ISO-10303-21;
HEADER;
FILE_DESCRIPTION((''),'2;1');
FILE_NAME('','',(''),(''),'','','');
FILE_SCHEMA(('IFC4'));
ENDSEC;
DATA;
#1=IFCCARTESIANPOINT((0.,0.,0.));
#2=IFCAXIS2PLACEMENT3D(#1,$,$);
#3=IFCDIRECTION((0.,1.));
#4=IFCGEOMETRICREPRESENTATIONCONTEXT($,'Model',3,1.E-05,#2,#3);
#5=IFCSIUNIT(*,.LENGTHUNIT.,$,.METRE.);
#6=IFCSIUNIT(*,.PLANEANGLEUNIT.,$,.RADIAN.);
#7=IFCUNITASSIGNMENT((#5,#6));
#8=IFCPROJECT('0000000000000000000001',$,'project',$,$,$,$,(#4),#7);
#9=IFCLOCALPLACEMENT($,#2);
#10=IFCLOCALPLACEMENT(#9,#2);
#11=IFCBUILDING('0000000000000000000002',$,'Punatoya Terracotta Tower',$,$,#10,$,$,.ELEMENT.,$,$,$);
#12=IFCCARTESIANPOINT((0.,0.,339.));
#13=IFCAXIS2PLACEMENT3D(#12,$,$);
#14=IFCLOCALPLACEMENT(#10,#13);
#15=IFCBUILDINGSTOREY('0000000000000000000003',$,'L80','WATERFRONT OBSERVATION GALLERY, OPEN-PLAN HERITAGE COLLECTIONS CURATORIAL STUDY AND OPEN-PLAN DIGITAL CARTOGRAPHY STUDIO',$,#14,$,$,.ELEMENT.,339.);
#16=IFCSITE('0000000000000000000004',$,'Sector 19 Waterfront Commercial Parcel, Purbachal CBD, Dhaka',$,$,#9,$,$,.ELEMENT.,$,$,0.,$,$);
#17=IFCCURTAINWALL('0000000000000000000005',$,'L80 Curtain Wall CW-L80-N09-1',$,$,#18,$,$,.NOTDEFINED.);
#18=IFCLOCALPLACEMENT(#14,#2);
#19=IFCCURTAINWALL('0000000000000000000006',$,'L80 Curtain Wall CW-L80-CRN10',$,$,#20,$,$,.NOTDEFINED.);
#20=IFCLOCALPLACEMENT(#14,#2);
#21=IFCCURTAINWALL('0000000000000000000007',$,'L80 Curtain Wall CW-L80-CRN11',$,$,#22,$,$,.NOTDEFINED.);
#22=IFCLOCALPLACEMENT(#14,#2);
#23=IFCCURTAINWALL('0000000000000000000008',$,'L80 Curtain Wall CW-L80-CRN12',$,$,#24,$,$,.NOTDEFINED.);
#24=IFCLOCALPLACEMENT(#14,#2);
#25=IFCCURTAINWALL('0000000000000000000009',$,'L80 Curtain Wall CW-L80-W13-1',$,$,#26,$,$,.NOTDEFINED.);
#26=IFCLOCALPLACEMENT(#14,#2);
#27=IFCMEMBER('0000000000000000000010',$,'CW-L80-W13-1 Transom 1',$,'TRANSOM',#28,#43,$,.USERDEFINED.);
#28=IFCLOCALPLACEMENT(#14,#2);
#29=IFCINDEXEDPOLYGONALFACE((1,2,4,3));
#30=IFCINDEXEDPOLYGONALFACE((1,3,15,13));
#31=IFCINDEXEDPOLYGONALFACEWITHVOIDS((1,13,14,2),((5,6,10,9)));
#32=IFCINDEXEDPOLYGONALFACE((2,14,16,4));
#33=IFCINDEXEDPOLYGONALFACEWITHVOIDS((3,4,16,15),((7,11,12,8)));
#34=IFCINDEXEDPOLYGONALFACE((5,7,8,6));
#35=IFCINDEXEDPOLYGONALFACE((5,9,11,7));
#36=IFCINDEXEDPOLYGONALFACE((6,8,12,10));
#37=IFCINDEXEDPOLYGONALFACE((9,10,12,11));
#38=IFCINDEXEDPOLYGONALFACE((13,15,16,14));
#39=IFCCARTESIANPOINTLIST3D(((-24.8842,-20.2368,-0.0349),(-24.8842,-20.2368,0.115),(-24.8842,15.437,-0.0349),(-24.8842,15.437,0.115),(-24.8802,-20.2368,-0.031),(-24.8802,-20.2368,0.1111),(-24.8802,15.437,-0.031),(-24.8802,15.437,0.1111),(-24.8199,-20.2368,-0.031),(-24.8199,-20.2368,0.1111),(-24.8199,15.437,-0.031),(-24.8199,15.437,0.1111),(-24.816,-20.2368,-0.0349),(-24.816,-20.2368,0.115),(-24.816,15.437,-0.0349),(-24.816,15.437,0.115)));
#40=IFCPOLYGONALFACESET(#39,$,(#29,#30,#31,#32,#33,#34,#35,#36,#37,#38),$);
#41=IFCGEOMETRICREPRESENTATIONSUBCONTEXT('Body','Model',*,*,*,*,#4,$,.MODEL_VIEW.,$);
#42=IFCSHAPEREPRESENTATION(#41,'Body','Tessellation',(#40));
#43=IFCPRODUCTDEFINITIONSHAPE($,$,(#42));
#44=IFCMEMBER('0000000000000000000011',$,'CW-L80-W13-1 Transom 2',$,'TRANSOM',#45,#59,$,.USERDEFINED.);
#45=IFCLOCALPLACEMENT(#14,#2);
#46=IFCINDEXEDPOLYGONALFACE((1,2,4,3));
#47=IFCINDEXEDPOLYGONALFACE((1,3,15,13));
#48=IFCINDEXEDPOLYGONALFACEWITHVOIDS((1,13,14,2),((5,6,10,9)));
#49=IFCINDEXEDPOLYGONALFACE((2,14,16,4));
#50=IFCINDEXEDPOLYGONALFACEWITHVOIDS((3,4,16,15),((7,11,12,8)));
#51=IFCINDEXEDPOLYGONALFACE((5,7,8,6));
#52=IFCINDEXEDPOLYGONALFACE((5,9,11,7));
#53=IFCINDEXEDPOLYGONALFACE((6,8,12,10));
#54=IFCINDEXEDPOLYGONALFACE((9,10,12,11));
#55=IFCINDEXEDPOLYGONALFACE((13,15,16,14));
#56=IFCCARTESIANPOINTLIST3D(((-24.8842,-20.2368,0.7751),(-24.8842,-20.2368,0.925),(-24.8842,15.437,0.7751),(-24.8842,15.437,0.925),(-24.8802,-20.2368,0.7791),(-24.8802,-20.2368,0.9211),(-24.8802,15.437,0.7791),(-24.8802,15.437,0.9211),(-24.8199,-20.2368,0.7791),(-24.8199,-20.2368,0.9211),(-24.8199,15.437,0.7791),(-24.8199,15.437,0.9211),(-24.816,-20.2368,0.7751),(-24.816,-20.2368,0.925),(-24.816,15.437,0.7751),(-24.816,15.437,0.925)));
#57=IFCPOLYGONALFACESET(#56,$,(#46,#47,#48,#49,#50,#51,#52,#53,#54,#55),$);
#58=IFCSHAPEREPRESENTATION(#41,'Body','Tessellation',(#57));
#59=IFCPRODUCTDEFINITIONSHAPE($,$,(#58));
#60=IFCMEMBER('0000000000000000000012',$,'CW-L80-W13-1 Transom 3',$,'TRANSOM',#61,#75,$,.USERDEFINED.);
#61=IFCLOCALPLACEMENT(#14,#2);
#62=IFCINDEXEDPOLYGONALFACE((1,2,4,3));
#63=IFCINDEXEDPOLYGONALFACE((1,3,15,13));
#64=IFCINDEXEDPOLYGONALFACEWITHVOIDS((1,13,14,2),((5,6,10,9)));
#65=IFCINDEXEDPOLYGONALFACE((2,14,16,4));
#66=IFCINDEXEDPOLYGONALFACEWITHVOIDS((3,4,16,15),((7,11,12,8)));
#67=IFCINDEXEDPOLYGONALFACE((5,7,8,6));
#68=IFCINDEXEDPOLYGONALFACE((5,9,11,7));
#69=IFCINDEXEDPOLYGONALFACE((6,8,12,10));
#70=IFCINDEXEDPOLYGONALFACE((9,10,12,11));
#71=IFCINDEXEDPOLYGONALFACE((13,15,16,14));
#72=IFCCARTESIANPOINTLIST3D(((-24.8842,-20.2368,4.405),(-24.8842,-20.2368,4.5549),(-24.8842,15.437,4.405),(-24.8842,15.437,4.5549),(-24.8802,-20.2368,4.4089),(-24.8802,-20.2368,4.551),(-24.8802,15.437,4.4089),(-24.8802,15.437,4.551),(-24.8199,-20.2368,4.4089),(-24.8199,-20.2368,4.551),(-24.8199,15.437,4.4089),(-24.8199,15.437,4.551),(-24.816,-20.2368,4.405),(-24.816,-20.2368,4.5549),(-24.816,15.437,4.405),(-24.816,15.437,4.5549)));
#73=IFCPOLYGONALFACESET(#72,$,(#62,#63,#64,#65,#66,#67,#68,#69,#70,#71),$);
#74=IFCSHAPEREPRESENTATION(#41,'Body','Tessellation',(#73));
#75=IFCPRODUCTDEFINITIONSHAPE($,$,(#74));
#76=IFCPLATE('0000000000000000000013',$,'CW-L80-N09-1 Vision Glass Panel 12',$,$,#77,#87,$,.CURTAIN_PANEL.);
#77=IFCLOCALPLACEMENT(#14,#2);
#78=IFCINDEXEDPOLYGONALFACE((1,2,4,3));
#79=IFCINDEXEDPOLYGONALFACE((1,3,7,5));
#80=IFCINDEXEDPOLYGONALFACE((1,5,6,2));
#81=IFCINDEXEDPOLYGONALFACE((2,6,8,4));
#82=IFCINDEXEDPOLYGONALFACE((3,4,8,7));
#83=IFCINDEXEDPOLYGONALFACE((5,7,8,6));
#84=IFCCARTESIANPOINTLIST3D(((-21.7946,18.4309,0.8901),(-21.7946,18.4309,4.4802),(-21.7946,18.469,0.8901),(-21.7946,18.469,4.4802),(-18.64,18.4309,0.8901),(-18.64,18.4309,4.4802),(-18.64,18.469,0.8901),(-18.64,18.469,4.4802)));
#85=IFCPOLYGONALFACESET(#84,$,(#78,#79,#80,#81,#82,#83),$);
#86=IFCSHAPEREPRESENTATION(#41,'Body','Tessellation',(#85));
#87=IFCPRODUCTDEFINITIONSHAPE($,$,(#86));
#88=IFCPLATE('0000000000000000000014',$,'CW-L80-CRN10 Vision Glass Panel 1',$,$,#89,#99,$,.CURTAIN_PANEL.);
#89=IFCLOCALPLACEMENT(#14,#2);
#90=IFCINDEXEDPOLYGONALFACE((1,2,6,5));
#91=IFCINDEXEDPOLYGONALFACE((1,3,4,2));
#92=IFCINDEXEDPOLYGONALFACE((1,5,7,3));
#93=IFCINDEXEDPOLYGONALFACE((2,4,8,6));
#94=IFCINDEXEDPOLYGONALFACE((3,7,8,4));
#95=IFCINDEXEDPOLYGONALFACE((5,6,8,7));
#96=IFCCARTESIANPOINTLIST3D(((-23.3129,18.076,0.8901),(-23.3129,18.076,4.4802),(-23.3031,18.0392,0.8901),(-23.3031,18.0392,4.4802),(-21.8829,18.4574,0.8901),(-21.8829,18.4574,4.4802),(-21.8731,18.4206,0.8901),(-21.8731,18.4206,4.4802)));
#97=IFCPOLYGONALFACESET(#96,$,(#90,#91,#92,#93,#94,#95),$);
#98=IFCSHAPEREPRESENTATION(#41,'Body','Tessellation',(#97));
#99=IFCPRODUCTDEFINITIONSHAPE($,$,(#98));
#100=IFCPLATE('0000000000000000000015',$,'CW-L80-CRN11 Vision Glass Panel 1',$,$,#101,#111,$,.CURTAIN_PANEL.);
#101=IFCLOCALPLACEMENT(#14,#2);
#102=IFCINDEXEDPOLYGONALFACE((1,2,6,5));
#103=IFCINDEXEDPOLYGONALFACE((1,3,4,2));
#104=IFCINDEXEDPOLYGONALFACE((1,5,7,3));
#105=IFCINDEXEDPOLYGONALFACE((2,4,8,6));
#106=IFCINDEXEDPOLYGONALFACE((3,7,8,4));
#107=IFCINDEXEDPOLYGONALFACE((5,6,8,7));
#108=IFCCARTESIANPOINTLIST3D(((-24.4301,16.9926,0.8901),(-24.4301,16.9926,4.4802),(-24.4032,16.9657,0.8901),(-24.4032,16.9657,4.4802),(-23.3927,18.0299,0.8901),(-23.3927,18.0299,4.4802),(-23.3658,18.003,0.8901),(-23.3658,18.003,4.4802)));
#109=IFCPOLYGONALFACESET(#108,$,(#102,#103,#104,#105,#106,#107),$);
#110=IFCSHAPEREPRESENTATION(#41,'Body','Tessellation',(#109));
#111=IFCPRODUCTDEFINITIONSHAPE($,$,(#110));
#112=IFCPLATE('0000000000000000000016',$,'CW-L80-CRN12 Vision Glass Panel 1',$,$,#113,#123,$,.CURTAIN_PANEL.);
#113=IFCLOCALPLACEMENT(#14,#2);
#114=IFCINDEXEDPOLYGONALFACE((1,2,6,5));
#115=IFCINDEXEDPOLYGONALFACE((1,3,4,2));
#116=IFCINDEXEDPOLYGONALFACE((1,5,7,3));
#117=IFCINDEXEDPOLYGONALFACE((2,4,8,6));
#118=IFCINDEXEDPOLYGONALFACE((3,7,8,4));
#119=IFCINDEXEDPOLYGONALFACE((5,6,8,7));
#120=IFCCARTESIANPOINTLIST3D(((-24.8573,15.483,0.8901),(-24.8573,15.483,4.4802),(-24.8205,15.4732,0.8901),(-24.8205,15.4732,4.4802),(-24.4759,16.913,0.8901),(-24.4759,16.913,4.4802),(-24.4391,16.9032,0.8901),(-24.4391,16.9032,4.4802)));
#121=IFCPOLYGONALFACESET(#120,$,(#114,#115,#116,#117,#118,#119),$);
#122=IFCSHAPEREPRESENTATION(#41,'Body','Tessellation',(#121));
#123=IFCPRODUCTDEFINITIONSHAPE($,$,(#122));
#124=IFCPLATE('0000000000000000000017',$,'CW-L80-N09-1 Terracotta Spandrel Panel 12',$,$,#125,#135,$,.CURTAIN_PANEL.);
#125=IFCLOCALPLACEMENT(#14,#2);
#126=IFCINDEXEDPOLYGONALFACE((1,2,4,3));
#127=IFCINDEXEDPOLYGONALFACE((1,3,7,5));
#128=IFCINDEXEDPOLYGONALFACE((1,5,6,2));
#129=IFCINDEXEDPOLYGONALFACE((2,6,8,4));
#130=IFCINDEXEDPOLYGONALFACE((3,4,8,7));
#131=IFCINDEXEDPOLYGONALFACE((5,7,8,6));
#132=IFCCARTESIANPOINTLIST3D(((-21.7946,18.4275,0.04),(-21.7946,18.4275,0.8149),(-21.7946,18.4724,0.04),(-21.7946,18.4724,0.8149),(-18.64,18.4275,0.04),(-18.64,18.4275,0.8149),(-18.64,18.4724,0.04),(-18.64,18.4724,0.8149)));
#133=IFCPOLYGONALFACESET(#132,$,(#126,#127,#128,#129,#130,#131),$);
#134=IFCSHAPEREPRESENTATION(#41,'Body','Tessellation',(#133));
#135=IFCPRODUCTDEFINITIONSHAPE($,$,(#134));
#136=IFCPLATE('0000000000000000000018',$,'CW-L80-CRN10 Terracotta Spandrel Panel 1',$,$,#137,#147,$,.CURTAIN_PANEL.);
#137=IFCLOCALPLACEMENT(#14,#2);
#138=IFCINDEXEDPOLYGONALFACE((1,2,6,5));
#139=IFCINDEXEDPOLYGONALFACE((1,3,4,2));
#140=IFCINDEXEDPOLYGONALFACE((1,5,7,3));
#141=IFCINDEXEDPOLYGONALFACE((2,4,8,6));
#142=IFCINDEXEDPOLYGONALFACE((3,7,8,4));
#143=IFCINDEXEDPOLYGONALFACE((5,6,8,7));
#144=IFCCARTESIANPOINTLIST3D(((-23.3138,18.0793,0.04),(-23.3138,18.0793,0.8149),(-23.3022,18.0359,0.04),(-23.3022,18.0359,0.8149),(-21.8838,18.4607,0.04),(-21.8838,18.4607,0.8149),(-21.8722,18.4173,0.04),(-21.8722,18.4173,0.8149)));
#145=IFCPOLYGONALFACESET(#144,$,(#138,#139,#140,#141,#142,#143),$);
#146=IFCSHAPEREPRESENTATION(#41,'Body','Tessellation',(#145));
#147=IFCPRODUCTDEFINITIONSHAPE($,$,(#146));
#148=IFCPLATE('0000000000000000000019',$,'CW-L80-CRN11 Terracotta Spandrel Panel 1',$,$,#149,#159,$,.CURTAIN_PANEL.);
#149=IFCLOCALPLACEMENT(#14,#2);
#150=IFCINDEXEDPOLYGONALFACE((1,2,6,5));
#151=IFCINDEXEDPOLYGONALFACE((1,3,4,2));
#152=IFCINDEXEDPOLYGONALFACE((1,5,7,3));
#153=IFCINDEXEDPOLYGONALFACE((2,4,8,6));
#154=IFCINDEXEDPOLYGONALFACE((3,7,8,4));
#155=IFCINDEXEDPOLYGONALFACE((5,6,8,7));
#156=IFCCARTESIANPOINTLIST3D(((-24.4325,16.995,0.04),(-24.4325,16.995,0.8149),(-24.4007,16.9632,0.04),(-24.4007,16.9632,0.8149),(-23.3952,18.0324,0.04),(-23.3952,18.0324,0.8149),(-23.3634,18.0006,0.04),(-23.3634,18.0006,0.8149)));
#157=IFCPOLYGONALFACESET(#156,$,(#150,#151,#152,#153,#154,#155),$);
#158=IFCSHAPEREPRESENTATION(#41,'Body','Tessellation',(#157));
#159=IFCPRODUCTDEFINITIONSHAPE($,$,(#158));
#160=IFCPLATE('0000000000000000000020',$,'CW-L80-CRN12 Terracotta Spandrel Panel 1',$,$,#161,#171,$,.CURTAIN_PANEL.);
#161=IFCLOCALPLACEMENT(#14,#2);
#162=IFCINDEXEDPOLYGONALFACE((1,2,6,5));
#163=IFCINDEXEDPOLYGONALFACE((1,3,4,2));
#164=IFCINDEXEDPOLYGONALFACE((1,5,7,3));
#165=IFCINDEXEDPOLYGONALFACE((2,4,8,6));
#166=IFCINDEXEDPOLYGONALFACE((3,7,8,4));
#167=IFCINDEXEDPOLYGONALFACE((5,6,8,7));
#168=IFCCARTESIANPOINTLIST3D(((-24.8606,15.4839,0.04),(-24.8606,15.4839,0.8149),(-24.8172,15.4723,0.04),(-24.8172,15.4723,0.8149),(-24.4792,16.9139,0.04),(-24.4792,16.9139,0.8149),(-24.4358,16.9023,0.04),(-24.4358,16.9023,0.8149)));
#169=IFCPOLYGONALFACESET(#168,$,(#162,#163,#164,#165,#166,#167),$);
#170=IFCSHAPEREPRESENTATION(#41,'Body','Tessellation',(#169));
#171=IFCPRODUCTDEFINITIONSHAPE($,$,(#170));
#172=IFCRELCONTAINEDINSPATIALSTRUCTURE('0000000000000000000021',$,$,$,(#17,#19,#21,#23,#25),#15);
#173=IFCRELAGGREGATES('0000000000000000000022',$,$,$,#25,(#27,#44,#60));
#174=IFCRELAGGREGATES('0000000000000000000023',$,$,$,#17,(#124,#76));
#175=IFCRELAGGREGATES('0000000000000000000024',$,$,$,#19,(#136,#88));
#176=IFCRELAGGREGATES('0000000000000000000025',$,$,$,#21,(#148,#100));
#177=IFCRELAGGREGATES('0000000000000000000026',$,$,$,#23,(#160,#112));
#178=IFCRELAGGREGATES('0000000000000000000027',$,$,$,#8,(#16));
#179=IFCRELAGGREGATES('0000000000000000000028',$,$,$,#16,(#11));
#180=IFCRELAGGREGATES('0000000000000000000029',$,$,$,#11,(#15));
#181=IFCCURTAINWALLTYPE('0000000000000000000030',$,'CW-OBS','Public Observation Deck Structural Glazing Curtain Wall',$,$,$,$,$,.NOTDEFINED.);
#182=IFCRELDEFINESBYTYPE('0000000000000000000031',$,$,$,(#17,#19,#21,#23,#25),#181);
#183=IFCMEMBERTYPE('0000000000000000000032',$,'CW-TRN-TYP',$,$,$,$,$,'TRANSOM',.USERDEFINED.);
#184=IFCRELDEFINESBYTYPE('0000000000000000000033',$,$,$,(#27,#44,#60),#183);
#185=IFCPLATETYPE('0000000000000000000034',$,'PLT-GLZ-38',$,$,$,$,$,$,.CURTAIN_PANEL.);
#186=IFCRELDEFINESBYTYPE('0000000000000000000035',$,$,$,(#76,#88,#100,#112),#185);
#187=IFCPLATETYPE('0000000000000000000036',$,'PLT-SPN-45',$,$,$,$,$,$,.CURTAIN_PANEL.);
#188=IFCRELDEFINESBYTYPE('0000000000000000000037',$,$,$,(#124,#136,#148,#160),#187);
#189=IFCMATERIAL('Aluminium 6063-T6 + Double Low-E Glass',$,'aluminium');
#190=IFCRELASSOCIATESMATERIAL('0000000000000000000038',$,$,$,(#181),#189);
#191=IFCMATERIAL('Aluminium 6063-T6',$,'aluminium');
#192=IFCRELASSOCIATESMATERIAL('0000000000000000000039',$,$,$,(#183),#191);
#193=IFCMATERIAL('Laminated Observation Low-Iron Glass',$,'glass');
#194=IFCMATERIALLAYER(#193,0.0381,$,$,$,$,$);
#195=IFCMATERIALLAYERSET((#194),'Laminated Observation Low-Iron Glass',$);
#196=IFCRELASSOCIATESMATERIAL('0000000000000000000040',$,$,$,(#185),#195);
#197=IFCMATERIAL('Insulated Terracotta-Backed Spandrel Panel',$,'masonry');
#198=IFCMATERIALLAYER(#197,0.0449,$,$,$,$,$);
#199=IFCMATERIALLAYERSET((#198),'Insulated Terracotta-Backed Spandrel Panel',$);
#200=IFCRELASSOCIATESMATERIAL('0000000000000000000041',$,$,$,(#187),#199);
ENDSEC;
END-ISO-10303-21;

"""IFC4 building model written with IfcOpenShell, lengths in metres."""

from ifc_helpers import new_model, si_unit, direction, frame, origin, origin_2d, place, context, subcontext, project, spatial, rectangle, hollow_rectangle, extrude, material, layer, layer_set, material_profile, profile_set, type_object, element, aggregate, save


model = new_model("IFC4")

# Units and contexts
model_context = context("Model", 3, precision=1e-05, world=origin(), true_north=direction((0.0, 1.0)))
body_context = subcontext(model_context, "Body", "Model", "MODEL_VIEW")
ifc_project = project(units=[si_unit("LENGTHUNIT", "METRE"), si_unit("PLANEANGLEUNIT", "RADIAN")], contexts=[model_context])

# Site, building, storey
site_placement = place(None, origin())
site = spatial("IfcSite", under=ifc_project, at=site_placement, Name="Sector 19 Waterfront Commercial Parcel, Purbachal CBD, Dhaka", CompositionType="ELEMENT", RefElevation=0.0)
building_placement = place(site_placement, origin())
building = spatial("IfcBuilding", under=site, at=building_placement, Name="Punatoya Terracotta Tower", CompositionType="ELEMENT")
storey_placement = place(building_placement, frame((0.0, 0.0, 339.0)))
storey = spatial("IfcBuildingStorey", under=building, at=storey_placement, Name="L80", Description="WATERFRONT OBSERVATION GALLERY, OPEN-PLAN HERITAGE COLLECTIONS CURATORIAL STUDY AND OPEN-PLAN DIGITAL CARTOGRAPHY STUDIO", CompositionType="ELEMENT", Elevation=339.0)

# Curtain wall
ifc_material_1 = material(Name="Aluminium 6063-T6 + Double Low-E Glass", Category="aluminium")
curtain_wall_type = type_object("IfcCurtainWallType", Name="CW-OBS", Description="Public Observation Deck Structural Glazing Curtain Wall", PredefinedType="NOTDEFINED", material=ifc_material_1)
curtain_wall_1_placement = place(storey_placement, origin())
curtain_wall_1 = element("IfcCurtainWall", 1, at=curtain_wall_1_placement, inside=storey, type_object=curtain_wall_type, Name="L80 Curtain Wall CW-L80-N09-1", PredefinedType="NOTDEFINED")
ifc_material_2 = material(Name="Aluminium 6063-T6", Category="aluminium")

# Curtain walls
curtain_wall_2_placement = place(storey_placement, origin())
curtain_wall_2 = element("IfcCurtainWall", 2, at=curtain_wall_2_placement, inside=storey, type_object=curtain_wall_type, Name="L80 Curtain Wall CW-L80-CRN10", PredefinedType="NOTDEFINED")
curtain_wall_3_placement = place(storey_placement, origin())
curtain_wall_3 = element("IfcCurtainWall", 3, at=curtain_wall_3_placement, inside=storey, type_object=curtain_wall_type, Name="L80 Curtain Wall CW-L80-CRN11", PredefinedType="NOTDEFINED")
curtain_wall_4_placement = place(storey_placement, origin())
curtain_wall_4 = element("IfcCurtainWall", 4, at=curtain_wall_4_placement, inside=storey, type_object=curtain_wall_type, Name="L80 Curtain Wall CW-L80-CRN12", PredefinedType="NOTDEFINED")

# Shared definitions
ifc_material_profile_1 = material_profile(ifc_material_2, hollow_rectangle(XDim=0.0681, YDim=0.1499, WallThickness=0.0039, at=origin_2d()))
ifc_profile_set_1 = profile_set([ifc_material_profile_1], Name="Aluminium 6063-T6")
member_type_1 = type_object("IfcMemberType", Name="CW-TRN-TYP", ElementType="TRANSOM", PredefinedType="USERDEFINED", material=ifc_profile_set_1)

# Curtain wall, members
curtain_wall_5_placement = place(storey_placement, origin())
curtain_wall_5 = element("IfcCurtainWall", 5, at=curtain_wall_5_placement, inside=storey, type_object=curtain_wall_type, Name="L80 Curtain Wall CW-L80-W13-1", PredefinedType="NOTDEFINED")
member_1_placement = place(storey_placement, frame((-24.8501, 15.437, 0.04), z_axis=(0.0, -1.0, 0.0), x_axis=(1.0, 0.0, 0.0)))
member_1 = element("IfcMember", 6, at=member_1_placement, type_object=member_type_1, Name="CW-L80-W13-1 Transom 1", ObjectType="TRANSOM", PredefinedType="USERDEFINED", context=body_context, shape_type="SweptSolid", body=[
    extrude(hollow_rectangle(XDim=0.0681, YDim=0.1499, WallThickness=0.0039, at=origin_2d()), origin(), (0.0, 0.0, 1.0), 35.6738),
])
member_2_placement = place(storey_placement, frame((-24.8501, 15.437, 0.8501), z_axis=(0.0, -1.0, 0.0), x_axis=(1.0, 0.0, 0.0)))
member_2 = element("IfcMember", 7, at=member_2_placement, type_object=member_type_1, Name="CW-L80-W13-1 Transom 2", ObjectType="TRANSOM", PredefinedType="USERDEFINED", context=body_context, shape_type="SweptSolid", body=[
    extrude(hollow_rectangle(XDim=0.0681, YDim=0.1499, WallThickness=0.0039, at=origin_2d()), origin(), (0.0, 0.0, 1.0), 35.6738),
])
member_3_placement = place(storey_placement, frame((-24.8501, 15.437, 4.48), z_axis=(0.0, -1.0, 0.0), x_axis=(1.0, 0.0, 0.0)))
member_3 = element("IfcMember", 8, at=member_3_placement, type_object=member_type_1, Name="CW-L80-W13-1 Transom 3", ObjectType="TRANSOM", PredefinedType="USERDEFINED", context=body_context, shape_type="SweptSolid", body=[
    extrude(hollow_rectangle(XDim=0.0681, YDim=0.1499, WallThickness=0.0039, at=origin_2d()), origin(), (0.0, 0.0, 1.0), 35.6738),
])
aggregate(curtain_wall_5, [member_1, member_2, member_3])

# Plates
ifc_material_3 = material(Name="Laminated Observation Low-Iron Glass", Category="glass")
ifc_layer_1 = layer(ifc_material_3, 0.0381)
ifc_layer_set_1 = layer_set([ifc_layer_1], Name="Laminated Observation Low-Iron Glass")
plate_type_1 = type_object("IfcPlateType", Name="PLT-GLZ-38", PredefinedType="CURTAIN_PANEL", material=ifc_layer_set_1)
plate_1_placement = place(storey_placement, frame((-20.2173, 18.45, 0.8901), z_axis=(0.0, 0.0, 1.0), x_axis=(-1.0, 0.0, 0.0)))
plate_1 = element("IfcPlate", 9, at=plate_1_placement, type_object=plate_type_1, Name="CW-L80-N09-1 Vision Glass Panel 12", PredefinedType="CURTAIN_PANEL", context=body_context, shape_type="SweptSolid", body=[
    extrude(rectangle(XDim=3.1545, YDim=0.0381, at=origin_2d()), origin(), (0.0, 0.0, 1.0), 3.5901),
])
plate_2_placement = place(storey_placement, frame((-22.593, 18.2483, 0.8901), z_axis=(0.0, 0.0, 1.0), x_axis=(-0.966214, -0.257742, 0.0)))
plate_2 = element("IfcPlate", 10, at=plate_2_placement, type_object=plate_type_1, Name="CW-L80-CRN10 Vision Glass Panel 1", PredefinedType="CURTAIN_PANEL", context=body_context, shape_type="SweptSolid", body=[
    extrude(rectangle(XDim=1.48, YDim=0.0381, at=origin_2d()), origin(), (0.0, 0.0, 1.0), 3.5901),
])
plate_3_placement = place(storey_placement, frame((-23.8979, 17.4978, 0.8901), z_axis=(0.0, 0.0, 1.0), x_axis=(-0.707107, -0.707107, 0.0)))
plate_3 = element("IfcPlate", 11, at=plate_3_placement, type_object=plate_type_1, Name="CW-L80-CRN11 Vision Glass Panel 1", PredefinedType="CURTAIN_PANEL", context=body_context, shape_type="SweptSolid", body=[
    extrude(rectangle(XDim=1.467, YDim=0.0381, at=origin_2d()), origin(), (0.0, 0.0, 1.0), 3.5901),
])
plate_4_placement = place(storey_placement, frame((-24.6482, 16.1931, 0.8901), z_axis=(0.0, 0.0, 1.0), x_axis=(-0.257742, -0.966214, 0.0)))
plate_4 = element("IfcPlate", 12, at=plate_4_placement, type_object=plate_type_1, Name="CW-L80-CRN12 Vision Glass Panel 1", PredefinedType="CURTAIN_PANEL", context=body_context, shape_type="SweptSolid", body=[
    extrude(rectangle(XDim=1.48, YDim=0.0381, at=origin_2d()), origin(), (0.0, 0.0, 1.0), 3.5901),
])
ifc_material_4 = material(Name="Insulated Terracotta-Backed Spandrel Panel", Category="masonry")
ifc_layer_2 = layer(ifc_material_4, 0.0449)
ifc_layer_set_2 = layer_set([ifc_layer_2], Name="Insulated Terracotta-Backed Spandrel Panel")
plate_type_2 = type_object("IfcPlateType", Name="PLT-SPN-45", PredefinedType="CURTAIN_PANEL", material=ifc_layer_set_2)
plate_5_placement = place(storey_placement, frame((-20.2173, 18.45, 0.04), z_axis=(0.0, 0.0, 1.0), x_axis=(-1.0, 0.0, 0.0)))
plate_5 = element("IfcPlate", 13, at=plate_5_placement, type_object=plate_type_2, Name="CW-L80-N09-1 Terracotta Spandrel Panel 12", PredefinedType="CURTAIN_PANEL", context=body_context, shape_type="SweptSolid", body=[
    extrude(rectangle(XDim=3.1545, YDim=0.0449, at=origin_2d()), origin(), (0.0, 0.0, 1.0), 0.7749),
])
aggregate(curtain_wall_1, [plate_5, plate_1])
plate_6_placement = place(storey_placement, frame((-22.593, 18.2483, 0.04), z_axis=(0.0, 0.0, 1.0), x_axis=(-0.966214, -0.257742, 0.0)))
plate_6 = element("IfcPlate", 14, at=plate_6_placement, type_object=plate_type_2, Name="CW-L80-CRN10 Terracotta Spandrel Panel 1", PredefinedType="CURTAIN_PANEL", context=body_context, shape_type="SweptSolid", body=[
    extrude(rectangle(XDim=1.48, YDim=0.0449, at=origin_2d()), origin(), (0.0, 0.0, 1.0), 0.7749),
])
aggregate(curtain_wall_2, [plate_6, plate_2])
plate_7_placement = place(storey_placement, frame((-23.8979, 17.4978, 0.04), z_axis=(0.0, 0.0, 1.0), x_axis=(-0.707107, -0.707107, 0.0)))
plate_7 = element("IfcPlate", 15, at=plate_7_placement, type_object=plate_type_2, Name="CW-L80-CRN11 Terracotta Spandrel Panel 1", PredefinedType="CURTAIN_PANEL", context=body_context, shape_type="SweptSolid", body=[
    extrude(rectangle(XDim=1.467, YDim=0.0449, at=origin_2d()), origin(), (0.0, 0.0, 1.0), 0.7749),
])
aggregate(curtain_wall_3, [plate_7, plate_3])
plate_8_placement = place(storey_placement, frame((-24.6482, 16.1931, 0.04), z_axis=(0.0, 0.0, 1.0), x_axis=(-0.257742, -0.966214, 0.0)))
plate_8 = element("IfcPlate", 16, at=plate_8_placement, type_object=plate_type_2, Name="CW-L80-CRN12 Terracotta Spandrel Panel 1", PredefinedType="CURTAIN_PANEL", context=body_context, shape_type="SweptSolid", body=[
    extrude(rectangle(XDim=1.48, YDim=0.0449, at=origin_2d()), origin(), (0.0, 0.0, 1.0), 0.7749),
])
aggregate(curtain_wall_4, [plate_8, plate_4])

save(model, "model.ifc")
